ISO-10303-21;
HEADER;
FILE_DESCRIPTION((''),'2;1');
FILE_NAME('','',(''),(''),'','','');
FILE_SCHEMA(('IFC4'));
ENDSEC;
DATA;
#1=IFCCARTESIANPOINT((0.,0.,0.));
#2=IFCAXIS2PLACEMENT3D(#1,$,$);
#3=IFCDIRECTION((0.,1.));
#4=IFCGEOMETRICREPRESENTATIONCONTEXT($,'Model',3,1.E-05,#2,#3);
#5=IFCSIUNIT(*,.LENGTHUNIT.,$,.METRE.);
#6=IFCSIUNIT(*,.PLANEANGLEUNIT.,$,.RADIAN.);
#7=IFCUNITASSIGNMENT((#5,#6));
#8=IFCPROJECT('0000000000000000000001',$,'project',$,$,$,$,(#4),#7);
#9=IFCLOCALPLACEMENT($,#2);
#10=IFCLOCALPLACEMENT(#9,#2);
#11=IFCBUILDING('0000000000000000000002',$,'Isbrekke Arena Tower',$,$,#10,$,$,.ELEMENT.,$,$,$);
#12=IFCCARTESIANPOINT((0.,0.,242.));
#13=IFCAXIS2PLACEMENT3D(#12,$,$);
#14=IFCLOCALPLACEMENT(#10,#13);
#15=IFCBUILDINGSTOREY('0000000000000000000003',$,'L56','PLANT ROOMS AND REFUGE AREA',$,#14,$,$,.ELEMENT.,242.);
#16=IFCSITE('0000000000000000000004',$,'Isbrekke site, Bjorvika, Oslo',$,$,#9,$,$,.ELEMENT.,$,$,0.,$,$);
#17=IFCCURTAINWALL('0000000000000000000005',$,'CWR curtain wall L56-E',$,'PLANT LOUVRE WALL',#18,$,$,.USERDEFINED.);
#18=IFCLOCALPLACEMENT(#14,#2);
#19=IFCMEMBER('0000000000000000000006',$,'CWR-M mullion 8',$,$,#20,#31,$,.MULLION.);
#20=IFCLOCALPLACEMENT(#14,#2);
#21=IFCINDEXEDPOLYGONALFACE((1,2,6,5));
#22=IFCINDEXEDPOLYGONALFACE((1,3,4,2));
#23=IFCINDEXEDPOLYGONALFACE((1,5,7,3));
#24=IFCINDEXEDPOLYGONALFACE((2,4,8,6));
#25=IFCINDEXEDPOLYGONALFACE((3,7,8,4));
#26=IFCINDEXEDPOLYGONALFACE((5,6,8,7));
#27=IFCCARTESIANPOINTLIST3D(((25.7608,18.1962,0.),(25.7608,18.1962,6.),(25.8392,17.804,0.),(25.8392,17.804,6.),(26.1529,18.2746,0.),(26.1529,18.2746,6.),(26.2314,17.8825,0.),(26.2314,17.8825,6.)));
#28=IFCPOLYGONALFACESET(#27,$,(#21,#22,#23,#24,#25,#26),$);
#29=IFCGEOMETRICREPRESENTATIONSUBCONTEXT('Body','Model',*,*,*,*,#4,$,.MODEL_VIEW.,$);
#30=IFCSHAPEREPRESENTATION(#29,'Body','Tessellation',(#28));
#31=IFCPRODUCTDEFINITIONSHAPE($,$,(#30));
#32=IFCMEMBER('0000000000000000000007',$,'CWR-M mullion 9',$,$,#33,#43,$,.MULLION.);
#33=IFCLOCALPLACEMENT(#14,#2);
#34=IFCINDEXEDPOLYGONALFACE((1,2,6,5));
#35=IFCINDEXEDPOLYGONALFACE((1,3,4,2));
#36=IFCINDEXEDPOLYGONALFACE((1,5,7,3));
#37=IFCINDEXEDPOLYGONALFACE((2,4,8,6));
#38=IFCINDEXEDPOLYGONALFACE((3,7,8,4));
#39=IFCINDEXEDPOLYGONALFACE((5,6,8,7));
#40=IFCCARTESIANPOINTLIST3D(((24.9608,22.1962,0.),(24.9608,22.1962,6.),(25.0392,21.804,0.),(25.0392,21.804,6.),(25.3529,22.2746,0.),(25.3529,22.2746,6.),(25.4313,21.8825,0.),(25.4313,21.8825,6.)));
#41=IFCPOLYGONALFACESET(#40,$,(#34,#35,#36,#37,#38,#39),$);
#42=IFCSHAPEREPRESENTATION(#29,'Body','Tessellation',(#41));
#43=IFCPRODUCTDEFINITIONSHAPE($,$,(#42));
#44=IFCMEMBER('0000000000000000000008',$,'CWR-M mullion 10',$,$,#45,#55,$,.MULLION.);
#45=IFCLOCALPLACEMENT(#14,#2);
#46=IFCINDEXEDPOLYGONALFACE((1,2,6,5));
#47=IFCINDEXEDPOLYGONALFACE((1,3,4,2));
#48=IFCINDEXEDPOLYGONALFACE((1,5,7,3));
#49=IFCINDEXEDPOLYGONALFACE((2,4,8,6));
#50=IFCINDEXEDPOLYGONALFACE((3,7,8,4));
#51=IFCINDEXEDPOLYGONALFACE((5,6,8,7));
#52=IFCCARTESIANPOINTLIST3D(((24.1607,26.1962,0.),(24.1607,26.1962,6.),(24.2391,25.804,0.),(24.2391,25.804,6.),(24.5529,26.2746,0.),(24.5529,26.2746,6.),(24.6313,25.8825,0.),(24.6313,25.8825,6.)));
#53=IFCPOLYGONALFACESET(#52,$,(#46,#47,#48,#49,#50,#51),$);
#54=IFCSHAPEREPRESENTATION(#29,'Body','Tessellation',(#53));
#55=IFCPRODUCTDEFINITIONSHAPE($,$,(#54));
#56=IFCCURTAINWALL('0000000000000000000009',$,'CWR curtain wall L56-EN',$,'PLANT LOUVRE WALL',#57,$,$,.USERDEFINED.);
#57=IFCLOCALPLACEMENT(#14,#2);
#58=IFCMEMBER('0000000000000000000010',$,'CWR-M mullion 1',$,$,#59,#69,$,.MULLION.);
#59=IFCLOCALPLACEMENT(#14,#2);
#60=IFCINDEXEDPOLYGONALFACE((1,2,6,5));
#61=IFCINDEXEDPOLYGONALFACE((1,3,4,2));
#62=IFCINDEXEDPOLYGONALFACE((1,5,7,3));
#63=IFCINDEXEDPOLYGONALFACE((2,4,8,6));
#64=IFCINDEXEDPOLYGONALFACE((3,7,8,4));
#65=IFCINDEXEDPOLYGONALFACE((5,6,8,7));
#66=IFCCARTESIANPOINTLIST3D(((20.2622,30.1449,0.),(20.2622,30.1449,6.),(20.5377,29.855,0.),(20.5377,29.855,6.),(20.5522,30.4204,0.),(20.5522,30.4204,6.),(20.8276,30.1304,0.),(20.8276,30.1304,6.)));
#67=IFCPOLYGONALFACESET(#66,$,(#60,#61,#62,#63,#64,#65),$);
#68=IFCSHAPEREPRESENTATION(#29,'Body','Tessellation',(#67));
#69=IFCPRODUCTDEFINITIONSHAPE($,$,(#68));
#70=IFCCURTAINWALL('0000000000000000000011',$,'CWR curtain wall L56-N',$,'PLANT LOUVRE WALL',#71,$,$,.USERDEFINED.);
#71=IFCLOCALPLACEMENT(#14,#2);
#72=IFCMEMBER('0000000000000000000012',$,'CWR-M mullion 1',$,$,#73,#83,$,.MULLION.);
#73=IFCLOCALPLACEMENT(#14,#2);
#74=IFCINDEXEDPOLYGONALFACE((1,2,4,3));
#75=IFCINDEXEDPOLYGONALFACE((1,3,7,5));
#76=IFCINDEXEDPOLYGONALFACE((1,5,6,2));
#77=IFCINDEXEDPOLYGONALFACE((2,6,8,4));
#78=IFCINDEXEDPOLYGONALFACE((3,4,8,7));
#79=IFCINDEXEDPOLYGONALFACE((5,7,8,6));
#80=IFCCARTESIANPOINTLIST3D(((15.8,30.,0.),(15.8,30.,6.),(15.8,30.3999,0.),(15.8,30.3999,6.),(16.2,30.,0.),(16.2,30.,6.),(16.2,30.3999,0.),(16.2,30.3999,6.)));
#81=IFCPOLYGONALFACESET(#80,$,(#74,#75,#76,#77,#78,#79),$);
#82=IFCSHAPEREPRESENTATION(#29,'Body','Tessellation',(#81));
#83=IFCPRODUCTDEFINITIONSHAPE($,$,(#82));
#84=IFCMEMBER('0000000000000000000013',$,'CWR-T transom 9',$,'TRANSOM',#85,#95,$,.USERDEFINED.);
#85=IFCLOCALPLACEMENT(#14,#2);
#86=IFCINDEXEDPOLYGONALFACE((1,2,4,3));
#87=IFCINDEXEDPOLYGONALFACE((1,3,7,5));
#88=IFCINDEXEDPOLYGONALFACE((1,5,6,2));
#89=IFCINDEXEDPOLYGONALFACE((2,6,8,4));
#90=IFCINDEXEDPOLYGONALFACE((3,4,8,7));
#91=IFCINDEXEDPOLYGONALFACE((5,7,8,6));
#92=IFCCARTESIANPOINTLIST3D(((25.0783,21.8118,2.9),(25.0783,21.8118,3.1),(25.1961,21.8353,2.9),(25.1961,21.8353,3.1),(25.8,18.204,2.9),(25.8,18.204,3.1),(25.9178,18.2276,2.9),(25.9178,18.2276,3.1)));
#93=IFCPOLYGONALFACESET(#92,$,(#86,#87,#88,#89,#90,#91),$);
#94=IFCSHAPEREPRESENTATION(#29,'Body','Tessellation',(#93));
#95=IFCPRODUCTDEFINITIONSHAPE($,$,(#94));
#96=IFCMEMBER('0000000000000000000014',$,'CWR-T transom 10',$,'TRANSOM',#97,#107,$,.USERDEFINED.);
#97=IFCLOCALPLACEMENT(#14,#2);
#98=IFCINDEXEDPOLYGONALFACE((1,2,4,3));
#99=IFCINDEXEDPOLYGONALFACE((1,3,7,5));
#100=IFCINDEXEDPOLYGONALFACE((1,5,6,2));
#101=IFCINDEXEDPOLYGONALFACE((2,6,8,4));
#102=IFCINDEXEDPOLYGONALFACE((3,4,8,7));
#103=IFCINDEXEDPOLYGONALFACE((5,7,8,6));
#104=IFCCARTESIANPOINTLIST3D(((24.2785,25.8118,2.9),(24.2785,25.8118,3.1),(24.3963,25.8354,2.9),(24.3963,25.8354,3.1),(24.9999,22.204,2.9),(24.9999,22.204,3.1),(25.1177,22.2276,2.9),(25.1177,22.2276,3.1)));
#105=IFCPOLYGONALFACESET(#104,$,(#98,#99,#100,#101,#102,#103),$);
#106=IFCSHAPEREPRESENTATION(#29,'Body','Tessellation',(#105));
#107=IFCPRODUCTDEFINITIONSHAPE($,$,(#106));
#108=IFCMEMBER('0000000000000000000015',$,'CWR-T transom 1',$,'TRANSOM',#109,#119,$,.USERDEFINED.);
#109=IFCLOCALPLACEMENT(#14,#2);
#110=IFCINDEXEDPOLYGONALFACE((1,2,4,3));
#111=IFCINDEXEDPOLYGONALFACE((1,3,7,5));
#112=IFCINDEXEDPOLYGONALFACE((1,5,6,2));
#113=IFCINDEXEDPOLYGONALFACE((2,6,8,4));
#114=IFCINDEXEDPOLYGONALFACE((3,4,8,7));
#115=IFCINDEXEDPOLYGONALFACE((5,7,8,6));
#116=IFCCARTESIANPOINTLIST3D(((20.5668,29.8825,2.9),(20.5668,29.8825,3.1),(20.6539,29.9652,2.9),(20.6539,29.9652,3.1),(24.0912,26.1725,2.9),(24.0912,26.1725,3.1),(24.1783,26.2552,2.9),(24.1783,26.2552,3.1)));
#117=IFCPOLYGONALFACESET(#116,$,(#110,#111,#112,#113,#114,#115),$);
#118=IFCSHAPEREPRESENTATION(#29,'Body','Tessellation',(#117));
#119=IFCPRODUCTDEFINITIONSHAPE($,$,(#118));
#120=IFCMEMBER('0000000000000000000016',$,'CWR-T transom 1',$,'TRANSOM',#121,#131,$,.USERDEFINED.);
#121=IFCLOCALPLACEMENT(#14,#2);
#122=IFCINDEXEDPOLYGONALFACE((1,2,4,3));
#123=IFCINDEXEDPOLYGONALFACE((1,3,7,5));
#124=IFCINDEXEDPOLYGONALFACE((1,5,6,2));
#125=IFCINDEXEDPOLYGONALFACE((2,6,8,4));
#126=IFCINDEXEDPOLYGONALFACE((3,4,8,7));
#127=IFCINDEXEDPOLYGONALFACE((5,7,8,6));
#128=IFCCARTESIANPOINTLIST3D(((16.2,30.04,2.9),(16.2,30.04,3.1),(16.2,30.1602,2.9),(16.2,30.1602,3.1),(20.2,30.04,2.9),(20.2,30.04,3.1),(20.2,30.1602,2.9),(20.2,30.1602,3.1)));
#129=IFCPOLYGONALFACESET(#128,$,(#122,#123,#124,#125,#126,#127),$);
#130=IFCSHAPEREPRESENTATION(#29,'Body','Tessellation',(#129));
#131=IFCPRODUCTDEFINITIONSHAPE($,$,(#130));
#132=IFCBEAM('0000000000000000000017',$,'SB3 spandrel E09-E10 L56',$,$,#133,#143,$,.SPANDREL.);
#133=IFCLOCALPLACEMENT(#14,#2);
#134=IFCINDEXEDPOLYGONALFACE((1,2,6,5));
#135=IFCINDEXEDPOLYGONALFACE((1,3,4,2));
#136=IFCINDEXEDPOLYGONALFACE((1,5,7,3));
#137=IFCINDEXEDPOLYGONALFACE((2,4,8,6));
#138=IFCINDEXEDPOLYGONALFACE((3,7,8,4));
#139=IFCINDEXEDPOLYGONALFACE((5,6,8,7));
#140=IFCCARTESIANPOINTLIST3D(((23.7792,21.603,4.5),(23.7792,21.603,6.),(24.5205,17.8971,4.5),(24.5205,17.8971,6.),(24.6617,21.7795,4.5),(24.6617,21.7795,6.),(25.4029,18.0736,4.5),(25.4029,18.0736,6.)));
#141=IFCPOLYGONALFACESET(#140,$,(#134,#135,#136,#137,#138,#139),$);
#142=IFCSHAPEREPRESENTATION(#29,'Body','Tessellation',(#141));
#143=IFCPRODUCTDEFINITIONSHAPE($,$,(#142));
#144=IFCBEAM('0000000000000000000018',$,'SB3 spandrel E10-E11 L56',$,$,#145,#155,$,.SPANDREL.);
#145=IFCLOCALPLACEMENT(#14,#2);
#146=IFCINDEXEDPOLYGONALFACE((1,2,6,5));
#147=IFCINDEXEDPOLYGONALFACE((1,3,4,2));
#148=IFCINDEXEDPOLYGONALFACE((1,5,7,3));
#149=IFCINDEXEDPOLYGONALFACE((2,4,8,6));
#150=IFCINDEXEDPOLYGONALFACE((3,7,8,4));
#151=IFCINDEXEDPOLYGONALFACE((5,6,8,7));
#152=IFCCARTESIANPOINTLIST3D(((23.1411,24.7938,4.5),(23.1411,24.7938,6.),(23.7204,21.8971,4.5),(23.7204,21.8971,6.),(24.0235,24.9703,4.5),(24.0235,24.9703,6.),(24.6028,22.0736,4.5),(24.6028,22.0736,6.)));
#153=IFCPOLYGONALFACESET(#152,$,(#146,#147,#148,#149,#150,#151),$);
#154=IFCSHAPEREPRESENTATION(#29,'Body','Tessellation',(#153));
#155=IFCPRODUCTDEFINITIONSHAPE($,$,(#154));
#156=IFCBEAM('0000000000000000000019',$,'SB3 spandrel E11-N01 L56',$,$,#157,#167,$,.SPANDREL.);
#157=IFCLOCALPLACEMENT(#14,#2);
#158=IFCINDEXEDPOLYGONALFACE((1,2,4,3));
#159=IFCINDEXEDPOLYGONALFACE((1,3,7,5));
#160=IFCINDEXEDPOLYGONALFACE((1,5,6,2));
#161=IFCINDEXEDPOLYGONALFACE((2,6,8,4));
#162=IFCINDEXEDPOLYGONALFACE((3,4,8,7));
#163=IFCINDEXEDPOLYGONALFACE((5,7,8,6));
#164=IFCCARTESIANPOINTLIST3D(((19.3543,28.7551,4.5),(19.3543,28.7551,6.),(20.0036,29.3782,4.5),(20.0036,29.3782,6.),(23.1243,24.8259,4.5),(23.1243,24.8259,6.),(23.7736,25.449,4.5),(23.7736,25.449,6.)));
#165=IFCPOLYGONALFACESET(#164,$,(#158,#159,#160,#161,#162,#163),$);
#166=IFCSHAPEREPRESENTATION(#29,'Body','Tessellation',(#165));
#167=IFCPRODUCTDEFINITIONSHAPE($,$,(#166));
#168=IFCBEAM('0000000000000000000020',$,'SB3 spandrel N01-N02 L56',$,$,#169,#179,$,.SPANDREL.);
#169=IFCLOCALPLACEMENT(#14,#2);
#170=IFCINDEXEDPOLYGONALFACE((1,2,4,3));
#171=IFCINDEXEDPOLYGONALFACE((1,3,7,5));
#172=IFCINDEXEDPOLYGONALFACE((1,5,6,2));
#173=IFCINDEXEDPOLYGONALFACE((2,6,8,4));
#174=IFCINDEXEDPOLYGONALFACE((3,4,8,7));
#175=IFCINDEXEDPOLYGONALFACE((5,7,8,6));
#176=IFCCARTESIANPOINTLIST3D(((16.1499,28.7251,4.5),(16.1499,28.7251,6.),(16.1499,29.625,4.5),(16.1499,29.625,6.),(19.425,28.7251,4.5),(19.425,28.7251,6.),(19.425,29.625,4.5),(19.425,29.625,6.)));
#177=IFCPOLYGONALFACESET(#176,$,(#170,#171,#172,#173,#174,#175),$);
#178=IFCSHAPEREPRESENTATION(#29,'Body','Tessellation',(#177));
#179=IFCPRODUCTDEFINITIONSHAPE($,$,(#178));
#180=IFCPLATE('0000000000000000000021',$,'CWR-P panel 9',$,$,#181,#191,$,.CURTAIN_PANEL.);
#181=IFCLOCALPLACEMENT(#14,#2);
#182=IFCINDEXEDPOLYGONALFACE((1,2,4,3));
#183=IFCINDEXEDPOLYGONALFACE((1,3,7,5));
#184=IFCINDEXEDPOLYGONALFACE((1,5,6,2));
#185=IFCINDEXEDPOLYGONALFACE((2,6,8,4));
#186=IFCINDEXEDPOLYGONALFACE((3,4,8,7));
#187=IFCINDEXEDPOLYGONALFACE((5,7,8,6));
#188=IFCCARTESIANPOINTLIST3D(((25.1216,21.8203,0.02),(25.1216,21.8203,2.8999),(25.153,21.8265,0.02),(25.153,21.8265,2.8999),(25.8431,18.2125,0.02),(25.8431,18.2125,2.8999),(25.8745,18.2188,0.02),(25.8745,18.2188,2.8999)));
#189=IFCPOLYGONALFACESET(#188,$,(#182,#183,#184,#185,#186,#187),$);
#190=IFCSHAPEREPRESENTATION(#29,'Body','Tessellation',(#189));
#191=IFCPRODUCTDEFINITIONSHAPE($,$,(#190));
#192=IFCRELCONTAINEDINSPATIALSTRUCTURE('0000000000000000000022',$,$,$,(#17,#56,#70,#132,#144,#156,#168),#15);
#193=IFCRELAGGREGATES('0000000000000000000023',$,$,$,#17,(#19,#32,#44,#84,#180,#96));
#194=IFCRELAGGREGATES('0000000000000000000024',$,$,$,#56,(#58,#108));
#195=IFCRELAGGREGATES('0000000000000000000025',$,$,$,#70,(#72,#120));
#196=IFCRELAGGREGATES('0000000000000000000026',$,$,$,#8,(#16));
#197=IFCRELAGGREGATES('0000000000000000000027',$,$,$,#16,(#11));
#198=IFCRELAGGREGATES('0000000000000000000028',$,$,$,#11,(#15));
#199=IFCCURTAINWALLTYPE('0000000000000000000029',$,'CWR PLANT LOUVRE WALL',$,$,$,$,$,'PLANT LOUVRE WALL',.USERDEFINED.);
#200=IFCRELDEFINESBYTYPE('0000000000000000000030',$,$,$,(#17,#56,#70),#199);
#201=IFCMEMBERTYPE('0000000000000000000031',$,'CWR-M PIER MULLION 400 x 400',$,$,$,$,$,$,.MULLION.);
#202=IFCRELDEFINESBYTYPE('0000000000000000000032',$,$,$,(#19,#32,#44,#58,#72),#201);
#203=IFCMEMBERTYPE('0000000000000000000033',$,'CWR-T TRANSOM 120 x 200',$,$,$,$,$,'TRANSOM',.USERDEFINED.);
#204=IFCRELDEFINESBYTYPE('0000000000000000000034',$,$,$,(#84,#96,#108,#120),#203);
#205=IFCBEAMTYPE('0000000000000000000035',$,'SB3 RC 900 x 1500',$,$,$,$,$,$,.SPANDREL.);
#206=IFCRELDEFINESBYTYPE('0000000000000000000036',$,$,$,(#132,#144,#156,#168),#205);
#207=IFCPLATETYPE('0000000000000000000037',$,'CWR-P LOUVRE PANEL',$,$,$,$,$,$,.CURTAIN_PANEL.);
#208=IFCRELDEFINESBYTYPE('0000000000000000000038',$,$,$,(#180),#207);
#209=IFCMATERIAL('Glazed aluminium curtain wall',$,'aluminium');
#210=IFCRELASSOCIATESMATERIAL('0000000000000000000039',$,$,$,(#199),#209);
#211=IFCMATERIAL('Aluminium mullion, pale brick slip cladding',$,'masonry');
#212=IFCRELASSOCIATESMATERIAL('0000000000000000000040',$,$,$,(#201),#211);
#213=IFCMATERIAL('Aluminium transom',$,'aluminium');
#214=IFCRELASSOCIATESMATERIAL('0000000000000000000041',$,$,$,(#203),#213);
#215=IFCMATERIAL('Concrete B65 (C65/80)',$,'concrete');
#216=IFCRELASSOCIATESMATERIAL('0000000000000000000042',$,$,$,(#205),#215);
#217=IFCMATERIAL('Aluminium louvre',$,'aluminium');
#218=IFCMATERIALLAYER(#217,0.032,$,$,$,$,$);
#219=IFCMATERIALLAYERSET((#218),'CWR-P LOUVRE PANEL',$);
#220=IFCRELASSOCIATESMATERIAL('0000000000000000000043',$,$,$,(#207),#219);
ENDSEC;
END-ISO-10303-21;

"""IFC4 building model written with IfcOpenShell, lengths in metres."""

from ifc_helpers import new_model, si_unit, direction, frame, origin, origin_2d, place, context, subcontext, project, spatial, rectangle, extrude, material, layer, layer_set, material_profile, profile_set, type_object, element, aggregate, save


model = new_model("IFC4")

# Units and contexts
model_context = context("Model", 3, precision=1e-05, world=origin(), true_north=direction((0.0, 1.0)))
body_context = subcontext(model_context, "Body", "Model", "MODEL_VIEW")
ifc_project = project(units=[si_unit("LENGTHUNIT", "METRE"), si_unit("PLANEANGLEUNIT", "RADIAN")], contexts=[model_context])

# Site, building, storey
site_placement = place(None, origin())
site = spatial("IfcSite", under=ifc_project, at=site_placement, Name="Isbrekke site, Bjorvika, Oslo", CompositionType="ELEMENT", RefElevation=0.0)
building_placement = place(site_placement, origin())
building = spatial("IfcBuilding", under=site, at=building_placement, Name="Isbrekke Arena Tower", CompositionType="ELEMENT")
storey_placement = place(building_placement, frame((0.0, 0.0, 242.0)))
storey = spatial("IfcBuildingStorey", under=building, at=storey_placement, Name="L56", Description="PLANT ROOMS AND REFUGE AREA", CompositionType="ELEMENT", Elevation=242.0)

# Curtain wall, members
ifc_material_1 = material(Name="Glazed aluminium curtain wall", Category="aluminium")
curtain_wall_type = type_object("IfcCurtainWallType", Name="CWR PLANT LOUVRE WALL", ElementType="PLANT LOUVRE WALL", PredefinedType="USERDEFINED", material=ifc_material_1)
curtain_wall_1_placement = place(storey_placement, origin())
curtain_wall_1 = element("IfcCurtainWall", 1, at=curtain_wall_1_placement, inside=storey, type_object=curtain_wall_type, Name="CWR curtain wall L56-E", ObjectType="PLANT LOUVRE WALL", PredefinedType="USERDEFINED")
ifc_material_2 = material(Name="Aluminium mullion, pale brick slip cladding", Category="masonry")
ifc_material_profile_1 = material_profile(ifc_material_2, rectangle(XDim=0.3999, YDim=0.3999, at=origin_2d()), Name="PIER 400X400")
ifc_profile_set_1 = profile_set([ifc_material_profile_1], Name="Aluminium mullion, pale brick slip cladding")
member_type_1 = type_object("IfcMemberType", Name="CWR-M PIER MULLION 400 x 400", PredefinedType="MULLION", material=ifc_profile_set_1)
member_1_placement = place(storey_placement, frame((25.9961, 18.0393, 0.0), z_axis=(0.0, 0.0, 1.0), x_axis=(-0.196116, 0.980581, 0.0)))
member_1 = element("IfcMember", 2, at=member_1_placement, type_object=member_type_1, Name="CWR-M mullion 8", PredefinedType="MULLION", context=body_context, shape_type="SweptSolid", body=[
    extrude(rectangle(XDim=0.3999, YDim=0.3999, at=origin_2d()), origin(), (0.0, 0.0, 1.0), 6.0),
])
member_2_placement = place(storey_placement, frame((25.196, 22.0393, 0.0), z_axis=(0.0, 0.0, 1.0), x_axis=(-0.196116, 0.980581, 0.0)))
member_2 = element("IfcMember", 3, at=member_2_placement, type_object=member_type_1, Name="CWR-M mullion 9", PredefinedType="MULLION", context=body_context, shape_type="SweptSolid", body=[
    extrude(rectangle(XDim=0.3999, YDim=0.3999, at=origin_2d()), origin(), (0.0, 0.0, 1.0), 6.0),
])
member_3_placement = place(storey_placement, frame((24.396, 26.0393, 0.0), z_axis=(0.0, 0.0, 1.0), x_axis=(-0.196116, 0.980581, 0.0)))
member_3 = element("IfcMember", 4, at=member_3_placement, type_object=member_type_1, Name="CWR-M mullion 10", PredefinedType="MULLION", context=body_context, shape_type="SweptSolid", body=[
    extrude(rectangle(XDim=0.3999, YDim=0.3999, at=origin_2d()), origin(), (0.0, 0.0, 1.0), 6.0),
])

# Curtain walls, members
curtain_wall_2_placement = place(storey_placement, origin())
curtain_wall_2 = element("IfcCurtainWall", 5, at=curtain_wall_2_placement, inside=storey, type_object=curtain_wall_type, Name="CWR curtain wall L56-EN", ObjectType="PLANT LOUVRE WALL", PredefinedType="USERDEFINED")
member_4_placement = place(storey_placement, frame((20.5449, 30.1377, 0.0), z_axis=(0.0, 0.0, 1.0), x_axis=(-0.688749, 0.724999, 0.0)))
member_4 = element("IfcMember", 6, at=member_4_placement, type_object=member_type_1, Name="CWR-M mullion 1", PredefinedType="MULLION", context=body_context, shape_type="SweptSolid", body=[
    extrude(rectangle(XDim=0.3999, YDim=0.3999, at=origin_2d()), origin(), (0.0, 0.0, 1.0), 6.0),
])
curtain_wall_3_placement = place(storey_placement, origin())
curtain_wall_3 = element("IfcCurtainWall", 7, at=curtain_wall_3_placement, inside=storey, type_object=curtain_wall_type, Name="CWR curtain wall L56-N", ObjectType="PLANT LOUVRE WALL", PredefinedType="USERDEFINED")
member_5_placement = place(storey_placement, frame((16.0, 30.2, 0.0), z_axis=(0.0, 0.0, 1.0), x_axis=(-1.0, 0.0, 0.0)))
member_5 = element("IfcMember", 8, at=member_5_placement, type_object=member_type_1, Name="CWR-M mullion 1", PredefinedType="MULLION", context=body_context, shape_type="SweptSolid", body=[
    extrude(rectangle(XDim=0.3999, YDim=0.3999, at=origin_2d()), origin(), (0.0, 0.0, 1.0), 6.0),
])

# Members
ifc_material_3 = material(Name="Aluminium transom", Category="aluminium")
ifc_material_profile_2 = material_profile(ifc_material_3, rectangle(XDim=0.1201, YDim=0.2, at=origin_2d()), Name="TRANSOM 120X200")
ifc_profile_set_2 = profile_set([ifc_material_profile_2], Name="Aluminium transom")
member_type_2 = type_object("IfcMemberType", Name="CWR-T TRANSOM 120 x 200", ElementType="TRANSOM", PredefinedType="USERDEFINED", material=ifc_profile_set_2)
member_6_placement = place(storey_placement, frame((25.8589, 18.2158, 3.0), z_axis=(-0.196154, 0.980573, 0.0), x_axis=(-0.980573, -0.196154, 0.0)))
member_6 = element("IfcMember", 9, at=member_6_placement, type_object=member_type_2, Name="CWR-T transom 9", ObjectType="TRANSOM", PredefinedType="USERDEFINED", context=body_context, shape_type="SweptSolid", body=[
    extrude(rectangle(XDim=0.1201, YDim=0.2, at=origin_2d()), origin(), (0.0, 0.0, 1.0), 3.6792),
])
member_7_placement = place(storey_placement, frame((25.0588, 22.2158, 3.0), z_axis=(-0.196091, 0.980586, 0.0), x_axis=(-0.980586, -0.196091, 0.0)))
member_7 = element("IfcMember", 10, at=member_7_placement, type_object=member_type_2, Name="CWR-T transom 10", ObjectType="TRANSOM", PredefinedType="USERDEFINED", context=body_context, shape_type="SweptSolid", body=[
    extrude(rectangle(XDim=0.1201, YDim=0.2, at=origin_2d()), origin(), (0.0, 0.0, 1.0), 3.6792),
])
member_8_placement = place(storey_placement, frame((24.1348, 26.2139, 3.0), z_axis=(-0.688744, 0.725004, 0.0), x_axis=(-0.725004, -0.688744, 0.0)))
member_8 = element("IfcMember", 11, at=member_8_placement, type_object=member_type_2, Name="CWR-T transom 1", ObjectType="TRANSOM", PredefinedType="USERDEFINED", context=body_context, shape_type="SweptSolid", body=[
    extrude(rectangle(XDim=0.1201, YDim=0.2, at=origin_2d()), origin(), (0.0, 0.0, 1.0), 5.1172),
])
member_9_placement = place(storey_placement, frame((20.2, 30.1001, 3.0), z_axis=(-1.0, 0.0, 0.0), x_axis=(0.0, -1.0, 0.0)))
member_9 = element("IfcMember", 12, at=member_9_placement, type_object=member_type_2, Name="CWR-T transom 1", ObjectType="TRANSOM", PredefinedType="USERDEFINED", context=body_context, shape_type="SweptSolid", body=[
    extrude(rectangle(XDim=0.1201, YDim=0.2, at=origin_2d()), origin(), (0.0, 0.0, 1.0), 4.0),
])

# Beams
ifc_material_4 = material(Name="Concrete B65 (C65/80)", Category="concrete")
ifc_material_profile_3 = material_profile(ifc_material_4, rectangle(XDim=0.8999, YDim=1.5, at=origin_2d()), Name="RC 900x1500")
ifc_profile_set_3 = profile_set([ifc_material_profile_3], Name="Concrete B65 (C65/80)")
beam_type_1 = type_object("IfcBeamType", Name="SB3 RC 900 x 1500", PredefinedType="SPANDREL", material=ifc_profile_set_3)
beam_1_placement = place(storey_placement, frame((24.9617, 17.9854, 5.25), z_axis=(-0.196129, 0.980578, 0.0), x_axis=(-0.980578, -0.196129, 0.0)))
element("IfcBeam", 13, at=beam_1_placement, inside=storey, type_object=beam_type_1, Name="SB3 spandrel E09-E10 L56", PredefinedType="SPANDREL", context=body_context, shape_type="SweptSolid", body=[
    extrude(rectangle(XDim=0.8999, YDim=1.5, at=origin_2d()), origin(), (0.0, 0.0, 1.0), 3.7793),
])
beam_2_placement = place(storey_placement, frame((24.1616, 21.9854, 5.25), z_axis=(-0.196116, 0.980581, 0.0), x_axis=(-0.980581, -0.196116, 0.0)))
element("IfcBeam", 14, at=beam_2_placement, inside=storey, type_object=beam_type_1, Name="SB3 spandrel E10-E11 L56", PredefinedType="SPANDREL", context=body_context, shape_type="SweptSolid", body=[
    extrude(rectangle(XDim=0.8999, YDim=1.5, at=origin_2d()), origin(), (0.0, 0.0, 1.0), 2.9541),
])
beam_3_placement = place(storey_placement, frame((23.449, 25.1375, 5.25), z_axis=(-0.69234, 0.721572, 0.0), x_axis=(-0.721572, -0.69234, 0.0)))
element("IfcBeam", 15, at=beam_3_placement, inside=storey, type_object=beam_type_1, Name="SB3 spandrel E11-N01 L56", PredefinedType="SPANDREL", context=body_context, shape_type="SweptSolid", body=[
    extrude(rectangle(XDim=0.8999, YDim=1.5, at=origin_2d()), origin(), (0.0, 0.0, 1.0), 5.4453),
])
beam_4_placement = place(storey_placement, frame((19.425, 29.175, 5.25), z_axis=(-1.0, 0.0, 0.0), x_axis=(0.0, -1.0, 0.0)))
element("IfcBeam", 16, at=beam_4_placement, inside=storey, type_object=beam_type_1, Name="SB3 spandrel N01-N02 L56", PredefinedType="SPANDREL", context=body_context, shape_type="SweptSolid", body=[
    extrude(rectangle(XDim=0.8999, YDim=1.5, at=origin_2d()), origin(), (0.0, 0.0, 1.0), 3.2751),
])

# Plate
ifc_material_5 = material(Name="Aluminium louvre", Category="aluminium")
ifc_layer_1 = layer(ifc_material_5, 0.032)
ifc_layer_set_1 = layer_set([ifc_layer_1], Name="CWR-P LOUVRE PANEL")
plate_type = type_object("IfcPlateType", Name="CWR-P LOUVRE PANEL", PredefinedType="CURTAIN_PANEL", material=ifc_layer_set_1)
plate_1_placement = place(storey_placement, frame((25.498, 20.0195, 0.02), z_axis=(0.0, 0.0, 1.0), x_axis=(-0.196116, 0.980581, 0.0)))
plate_1 = element("IfcPlate", 17, at=plate_1_placement, type_object=plate_type, Name="CWR-P panel 9", PredefinedType="CURTAIN_PANEL", context=body_context, shape_type="SweptSolid", body=[
    extrude(rectangle(XDim=3.6792, YDim=0.032, at=origin_2d()), origin(), (0.0, 0.0, 1.0), 2.8799),
])
aggregate(curtain_wall_1, [member_1, member_2, member_3, member_6, plate_1, member_7])
aggregate(curtain_wall_2, [member_4, member_8])
aggregate(curtain_wall_3, [member_5, member_9])

save(model, "model.ifc")
